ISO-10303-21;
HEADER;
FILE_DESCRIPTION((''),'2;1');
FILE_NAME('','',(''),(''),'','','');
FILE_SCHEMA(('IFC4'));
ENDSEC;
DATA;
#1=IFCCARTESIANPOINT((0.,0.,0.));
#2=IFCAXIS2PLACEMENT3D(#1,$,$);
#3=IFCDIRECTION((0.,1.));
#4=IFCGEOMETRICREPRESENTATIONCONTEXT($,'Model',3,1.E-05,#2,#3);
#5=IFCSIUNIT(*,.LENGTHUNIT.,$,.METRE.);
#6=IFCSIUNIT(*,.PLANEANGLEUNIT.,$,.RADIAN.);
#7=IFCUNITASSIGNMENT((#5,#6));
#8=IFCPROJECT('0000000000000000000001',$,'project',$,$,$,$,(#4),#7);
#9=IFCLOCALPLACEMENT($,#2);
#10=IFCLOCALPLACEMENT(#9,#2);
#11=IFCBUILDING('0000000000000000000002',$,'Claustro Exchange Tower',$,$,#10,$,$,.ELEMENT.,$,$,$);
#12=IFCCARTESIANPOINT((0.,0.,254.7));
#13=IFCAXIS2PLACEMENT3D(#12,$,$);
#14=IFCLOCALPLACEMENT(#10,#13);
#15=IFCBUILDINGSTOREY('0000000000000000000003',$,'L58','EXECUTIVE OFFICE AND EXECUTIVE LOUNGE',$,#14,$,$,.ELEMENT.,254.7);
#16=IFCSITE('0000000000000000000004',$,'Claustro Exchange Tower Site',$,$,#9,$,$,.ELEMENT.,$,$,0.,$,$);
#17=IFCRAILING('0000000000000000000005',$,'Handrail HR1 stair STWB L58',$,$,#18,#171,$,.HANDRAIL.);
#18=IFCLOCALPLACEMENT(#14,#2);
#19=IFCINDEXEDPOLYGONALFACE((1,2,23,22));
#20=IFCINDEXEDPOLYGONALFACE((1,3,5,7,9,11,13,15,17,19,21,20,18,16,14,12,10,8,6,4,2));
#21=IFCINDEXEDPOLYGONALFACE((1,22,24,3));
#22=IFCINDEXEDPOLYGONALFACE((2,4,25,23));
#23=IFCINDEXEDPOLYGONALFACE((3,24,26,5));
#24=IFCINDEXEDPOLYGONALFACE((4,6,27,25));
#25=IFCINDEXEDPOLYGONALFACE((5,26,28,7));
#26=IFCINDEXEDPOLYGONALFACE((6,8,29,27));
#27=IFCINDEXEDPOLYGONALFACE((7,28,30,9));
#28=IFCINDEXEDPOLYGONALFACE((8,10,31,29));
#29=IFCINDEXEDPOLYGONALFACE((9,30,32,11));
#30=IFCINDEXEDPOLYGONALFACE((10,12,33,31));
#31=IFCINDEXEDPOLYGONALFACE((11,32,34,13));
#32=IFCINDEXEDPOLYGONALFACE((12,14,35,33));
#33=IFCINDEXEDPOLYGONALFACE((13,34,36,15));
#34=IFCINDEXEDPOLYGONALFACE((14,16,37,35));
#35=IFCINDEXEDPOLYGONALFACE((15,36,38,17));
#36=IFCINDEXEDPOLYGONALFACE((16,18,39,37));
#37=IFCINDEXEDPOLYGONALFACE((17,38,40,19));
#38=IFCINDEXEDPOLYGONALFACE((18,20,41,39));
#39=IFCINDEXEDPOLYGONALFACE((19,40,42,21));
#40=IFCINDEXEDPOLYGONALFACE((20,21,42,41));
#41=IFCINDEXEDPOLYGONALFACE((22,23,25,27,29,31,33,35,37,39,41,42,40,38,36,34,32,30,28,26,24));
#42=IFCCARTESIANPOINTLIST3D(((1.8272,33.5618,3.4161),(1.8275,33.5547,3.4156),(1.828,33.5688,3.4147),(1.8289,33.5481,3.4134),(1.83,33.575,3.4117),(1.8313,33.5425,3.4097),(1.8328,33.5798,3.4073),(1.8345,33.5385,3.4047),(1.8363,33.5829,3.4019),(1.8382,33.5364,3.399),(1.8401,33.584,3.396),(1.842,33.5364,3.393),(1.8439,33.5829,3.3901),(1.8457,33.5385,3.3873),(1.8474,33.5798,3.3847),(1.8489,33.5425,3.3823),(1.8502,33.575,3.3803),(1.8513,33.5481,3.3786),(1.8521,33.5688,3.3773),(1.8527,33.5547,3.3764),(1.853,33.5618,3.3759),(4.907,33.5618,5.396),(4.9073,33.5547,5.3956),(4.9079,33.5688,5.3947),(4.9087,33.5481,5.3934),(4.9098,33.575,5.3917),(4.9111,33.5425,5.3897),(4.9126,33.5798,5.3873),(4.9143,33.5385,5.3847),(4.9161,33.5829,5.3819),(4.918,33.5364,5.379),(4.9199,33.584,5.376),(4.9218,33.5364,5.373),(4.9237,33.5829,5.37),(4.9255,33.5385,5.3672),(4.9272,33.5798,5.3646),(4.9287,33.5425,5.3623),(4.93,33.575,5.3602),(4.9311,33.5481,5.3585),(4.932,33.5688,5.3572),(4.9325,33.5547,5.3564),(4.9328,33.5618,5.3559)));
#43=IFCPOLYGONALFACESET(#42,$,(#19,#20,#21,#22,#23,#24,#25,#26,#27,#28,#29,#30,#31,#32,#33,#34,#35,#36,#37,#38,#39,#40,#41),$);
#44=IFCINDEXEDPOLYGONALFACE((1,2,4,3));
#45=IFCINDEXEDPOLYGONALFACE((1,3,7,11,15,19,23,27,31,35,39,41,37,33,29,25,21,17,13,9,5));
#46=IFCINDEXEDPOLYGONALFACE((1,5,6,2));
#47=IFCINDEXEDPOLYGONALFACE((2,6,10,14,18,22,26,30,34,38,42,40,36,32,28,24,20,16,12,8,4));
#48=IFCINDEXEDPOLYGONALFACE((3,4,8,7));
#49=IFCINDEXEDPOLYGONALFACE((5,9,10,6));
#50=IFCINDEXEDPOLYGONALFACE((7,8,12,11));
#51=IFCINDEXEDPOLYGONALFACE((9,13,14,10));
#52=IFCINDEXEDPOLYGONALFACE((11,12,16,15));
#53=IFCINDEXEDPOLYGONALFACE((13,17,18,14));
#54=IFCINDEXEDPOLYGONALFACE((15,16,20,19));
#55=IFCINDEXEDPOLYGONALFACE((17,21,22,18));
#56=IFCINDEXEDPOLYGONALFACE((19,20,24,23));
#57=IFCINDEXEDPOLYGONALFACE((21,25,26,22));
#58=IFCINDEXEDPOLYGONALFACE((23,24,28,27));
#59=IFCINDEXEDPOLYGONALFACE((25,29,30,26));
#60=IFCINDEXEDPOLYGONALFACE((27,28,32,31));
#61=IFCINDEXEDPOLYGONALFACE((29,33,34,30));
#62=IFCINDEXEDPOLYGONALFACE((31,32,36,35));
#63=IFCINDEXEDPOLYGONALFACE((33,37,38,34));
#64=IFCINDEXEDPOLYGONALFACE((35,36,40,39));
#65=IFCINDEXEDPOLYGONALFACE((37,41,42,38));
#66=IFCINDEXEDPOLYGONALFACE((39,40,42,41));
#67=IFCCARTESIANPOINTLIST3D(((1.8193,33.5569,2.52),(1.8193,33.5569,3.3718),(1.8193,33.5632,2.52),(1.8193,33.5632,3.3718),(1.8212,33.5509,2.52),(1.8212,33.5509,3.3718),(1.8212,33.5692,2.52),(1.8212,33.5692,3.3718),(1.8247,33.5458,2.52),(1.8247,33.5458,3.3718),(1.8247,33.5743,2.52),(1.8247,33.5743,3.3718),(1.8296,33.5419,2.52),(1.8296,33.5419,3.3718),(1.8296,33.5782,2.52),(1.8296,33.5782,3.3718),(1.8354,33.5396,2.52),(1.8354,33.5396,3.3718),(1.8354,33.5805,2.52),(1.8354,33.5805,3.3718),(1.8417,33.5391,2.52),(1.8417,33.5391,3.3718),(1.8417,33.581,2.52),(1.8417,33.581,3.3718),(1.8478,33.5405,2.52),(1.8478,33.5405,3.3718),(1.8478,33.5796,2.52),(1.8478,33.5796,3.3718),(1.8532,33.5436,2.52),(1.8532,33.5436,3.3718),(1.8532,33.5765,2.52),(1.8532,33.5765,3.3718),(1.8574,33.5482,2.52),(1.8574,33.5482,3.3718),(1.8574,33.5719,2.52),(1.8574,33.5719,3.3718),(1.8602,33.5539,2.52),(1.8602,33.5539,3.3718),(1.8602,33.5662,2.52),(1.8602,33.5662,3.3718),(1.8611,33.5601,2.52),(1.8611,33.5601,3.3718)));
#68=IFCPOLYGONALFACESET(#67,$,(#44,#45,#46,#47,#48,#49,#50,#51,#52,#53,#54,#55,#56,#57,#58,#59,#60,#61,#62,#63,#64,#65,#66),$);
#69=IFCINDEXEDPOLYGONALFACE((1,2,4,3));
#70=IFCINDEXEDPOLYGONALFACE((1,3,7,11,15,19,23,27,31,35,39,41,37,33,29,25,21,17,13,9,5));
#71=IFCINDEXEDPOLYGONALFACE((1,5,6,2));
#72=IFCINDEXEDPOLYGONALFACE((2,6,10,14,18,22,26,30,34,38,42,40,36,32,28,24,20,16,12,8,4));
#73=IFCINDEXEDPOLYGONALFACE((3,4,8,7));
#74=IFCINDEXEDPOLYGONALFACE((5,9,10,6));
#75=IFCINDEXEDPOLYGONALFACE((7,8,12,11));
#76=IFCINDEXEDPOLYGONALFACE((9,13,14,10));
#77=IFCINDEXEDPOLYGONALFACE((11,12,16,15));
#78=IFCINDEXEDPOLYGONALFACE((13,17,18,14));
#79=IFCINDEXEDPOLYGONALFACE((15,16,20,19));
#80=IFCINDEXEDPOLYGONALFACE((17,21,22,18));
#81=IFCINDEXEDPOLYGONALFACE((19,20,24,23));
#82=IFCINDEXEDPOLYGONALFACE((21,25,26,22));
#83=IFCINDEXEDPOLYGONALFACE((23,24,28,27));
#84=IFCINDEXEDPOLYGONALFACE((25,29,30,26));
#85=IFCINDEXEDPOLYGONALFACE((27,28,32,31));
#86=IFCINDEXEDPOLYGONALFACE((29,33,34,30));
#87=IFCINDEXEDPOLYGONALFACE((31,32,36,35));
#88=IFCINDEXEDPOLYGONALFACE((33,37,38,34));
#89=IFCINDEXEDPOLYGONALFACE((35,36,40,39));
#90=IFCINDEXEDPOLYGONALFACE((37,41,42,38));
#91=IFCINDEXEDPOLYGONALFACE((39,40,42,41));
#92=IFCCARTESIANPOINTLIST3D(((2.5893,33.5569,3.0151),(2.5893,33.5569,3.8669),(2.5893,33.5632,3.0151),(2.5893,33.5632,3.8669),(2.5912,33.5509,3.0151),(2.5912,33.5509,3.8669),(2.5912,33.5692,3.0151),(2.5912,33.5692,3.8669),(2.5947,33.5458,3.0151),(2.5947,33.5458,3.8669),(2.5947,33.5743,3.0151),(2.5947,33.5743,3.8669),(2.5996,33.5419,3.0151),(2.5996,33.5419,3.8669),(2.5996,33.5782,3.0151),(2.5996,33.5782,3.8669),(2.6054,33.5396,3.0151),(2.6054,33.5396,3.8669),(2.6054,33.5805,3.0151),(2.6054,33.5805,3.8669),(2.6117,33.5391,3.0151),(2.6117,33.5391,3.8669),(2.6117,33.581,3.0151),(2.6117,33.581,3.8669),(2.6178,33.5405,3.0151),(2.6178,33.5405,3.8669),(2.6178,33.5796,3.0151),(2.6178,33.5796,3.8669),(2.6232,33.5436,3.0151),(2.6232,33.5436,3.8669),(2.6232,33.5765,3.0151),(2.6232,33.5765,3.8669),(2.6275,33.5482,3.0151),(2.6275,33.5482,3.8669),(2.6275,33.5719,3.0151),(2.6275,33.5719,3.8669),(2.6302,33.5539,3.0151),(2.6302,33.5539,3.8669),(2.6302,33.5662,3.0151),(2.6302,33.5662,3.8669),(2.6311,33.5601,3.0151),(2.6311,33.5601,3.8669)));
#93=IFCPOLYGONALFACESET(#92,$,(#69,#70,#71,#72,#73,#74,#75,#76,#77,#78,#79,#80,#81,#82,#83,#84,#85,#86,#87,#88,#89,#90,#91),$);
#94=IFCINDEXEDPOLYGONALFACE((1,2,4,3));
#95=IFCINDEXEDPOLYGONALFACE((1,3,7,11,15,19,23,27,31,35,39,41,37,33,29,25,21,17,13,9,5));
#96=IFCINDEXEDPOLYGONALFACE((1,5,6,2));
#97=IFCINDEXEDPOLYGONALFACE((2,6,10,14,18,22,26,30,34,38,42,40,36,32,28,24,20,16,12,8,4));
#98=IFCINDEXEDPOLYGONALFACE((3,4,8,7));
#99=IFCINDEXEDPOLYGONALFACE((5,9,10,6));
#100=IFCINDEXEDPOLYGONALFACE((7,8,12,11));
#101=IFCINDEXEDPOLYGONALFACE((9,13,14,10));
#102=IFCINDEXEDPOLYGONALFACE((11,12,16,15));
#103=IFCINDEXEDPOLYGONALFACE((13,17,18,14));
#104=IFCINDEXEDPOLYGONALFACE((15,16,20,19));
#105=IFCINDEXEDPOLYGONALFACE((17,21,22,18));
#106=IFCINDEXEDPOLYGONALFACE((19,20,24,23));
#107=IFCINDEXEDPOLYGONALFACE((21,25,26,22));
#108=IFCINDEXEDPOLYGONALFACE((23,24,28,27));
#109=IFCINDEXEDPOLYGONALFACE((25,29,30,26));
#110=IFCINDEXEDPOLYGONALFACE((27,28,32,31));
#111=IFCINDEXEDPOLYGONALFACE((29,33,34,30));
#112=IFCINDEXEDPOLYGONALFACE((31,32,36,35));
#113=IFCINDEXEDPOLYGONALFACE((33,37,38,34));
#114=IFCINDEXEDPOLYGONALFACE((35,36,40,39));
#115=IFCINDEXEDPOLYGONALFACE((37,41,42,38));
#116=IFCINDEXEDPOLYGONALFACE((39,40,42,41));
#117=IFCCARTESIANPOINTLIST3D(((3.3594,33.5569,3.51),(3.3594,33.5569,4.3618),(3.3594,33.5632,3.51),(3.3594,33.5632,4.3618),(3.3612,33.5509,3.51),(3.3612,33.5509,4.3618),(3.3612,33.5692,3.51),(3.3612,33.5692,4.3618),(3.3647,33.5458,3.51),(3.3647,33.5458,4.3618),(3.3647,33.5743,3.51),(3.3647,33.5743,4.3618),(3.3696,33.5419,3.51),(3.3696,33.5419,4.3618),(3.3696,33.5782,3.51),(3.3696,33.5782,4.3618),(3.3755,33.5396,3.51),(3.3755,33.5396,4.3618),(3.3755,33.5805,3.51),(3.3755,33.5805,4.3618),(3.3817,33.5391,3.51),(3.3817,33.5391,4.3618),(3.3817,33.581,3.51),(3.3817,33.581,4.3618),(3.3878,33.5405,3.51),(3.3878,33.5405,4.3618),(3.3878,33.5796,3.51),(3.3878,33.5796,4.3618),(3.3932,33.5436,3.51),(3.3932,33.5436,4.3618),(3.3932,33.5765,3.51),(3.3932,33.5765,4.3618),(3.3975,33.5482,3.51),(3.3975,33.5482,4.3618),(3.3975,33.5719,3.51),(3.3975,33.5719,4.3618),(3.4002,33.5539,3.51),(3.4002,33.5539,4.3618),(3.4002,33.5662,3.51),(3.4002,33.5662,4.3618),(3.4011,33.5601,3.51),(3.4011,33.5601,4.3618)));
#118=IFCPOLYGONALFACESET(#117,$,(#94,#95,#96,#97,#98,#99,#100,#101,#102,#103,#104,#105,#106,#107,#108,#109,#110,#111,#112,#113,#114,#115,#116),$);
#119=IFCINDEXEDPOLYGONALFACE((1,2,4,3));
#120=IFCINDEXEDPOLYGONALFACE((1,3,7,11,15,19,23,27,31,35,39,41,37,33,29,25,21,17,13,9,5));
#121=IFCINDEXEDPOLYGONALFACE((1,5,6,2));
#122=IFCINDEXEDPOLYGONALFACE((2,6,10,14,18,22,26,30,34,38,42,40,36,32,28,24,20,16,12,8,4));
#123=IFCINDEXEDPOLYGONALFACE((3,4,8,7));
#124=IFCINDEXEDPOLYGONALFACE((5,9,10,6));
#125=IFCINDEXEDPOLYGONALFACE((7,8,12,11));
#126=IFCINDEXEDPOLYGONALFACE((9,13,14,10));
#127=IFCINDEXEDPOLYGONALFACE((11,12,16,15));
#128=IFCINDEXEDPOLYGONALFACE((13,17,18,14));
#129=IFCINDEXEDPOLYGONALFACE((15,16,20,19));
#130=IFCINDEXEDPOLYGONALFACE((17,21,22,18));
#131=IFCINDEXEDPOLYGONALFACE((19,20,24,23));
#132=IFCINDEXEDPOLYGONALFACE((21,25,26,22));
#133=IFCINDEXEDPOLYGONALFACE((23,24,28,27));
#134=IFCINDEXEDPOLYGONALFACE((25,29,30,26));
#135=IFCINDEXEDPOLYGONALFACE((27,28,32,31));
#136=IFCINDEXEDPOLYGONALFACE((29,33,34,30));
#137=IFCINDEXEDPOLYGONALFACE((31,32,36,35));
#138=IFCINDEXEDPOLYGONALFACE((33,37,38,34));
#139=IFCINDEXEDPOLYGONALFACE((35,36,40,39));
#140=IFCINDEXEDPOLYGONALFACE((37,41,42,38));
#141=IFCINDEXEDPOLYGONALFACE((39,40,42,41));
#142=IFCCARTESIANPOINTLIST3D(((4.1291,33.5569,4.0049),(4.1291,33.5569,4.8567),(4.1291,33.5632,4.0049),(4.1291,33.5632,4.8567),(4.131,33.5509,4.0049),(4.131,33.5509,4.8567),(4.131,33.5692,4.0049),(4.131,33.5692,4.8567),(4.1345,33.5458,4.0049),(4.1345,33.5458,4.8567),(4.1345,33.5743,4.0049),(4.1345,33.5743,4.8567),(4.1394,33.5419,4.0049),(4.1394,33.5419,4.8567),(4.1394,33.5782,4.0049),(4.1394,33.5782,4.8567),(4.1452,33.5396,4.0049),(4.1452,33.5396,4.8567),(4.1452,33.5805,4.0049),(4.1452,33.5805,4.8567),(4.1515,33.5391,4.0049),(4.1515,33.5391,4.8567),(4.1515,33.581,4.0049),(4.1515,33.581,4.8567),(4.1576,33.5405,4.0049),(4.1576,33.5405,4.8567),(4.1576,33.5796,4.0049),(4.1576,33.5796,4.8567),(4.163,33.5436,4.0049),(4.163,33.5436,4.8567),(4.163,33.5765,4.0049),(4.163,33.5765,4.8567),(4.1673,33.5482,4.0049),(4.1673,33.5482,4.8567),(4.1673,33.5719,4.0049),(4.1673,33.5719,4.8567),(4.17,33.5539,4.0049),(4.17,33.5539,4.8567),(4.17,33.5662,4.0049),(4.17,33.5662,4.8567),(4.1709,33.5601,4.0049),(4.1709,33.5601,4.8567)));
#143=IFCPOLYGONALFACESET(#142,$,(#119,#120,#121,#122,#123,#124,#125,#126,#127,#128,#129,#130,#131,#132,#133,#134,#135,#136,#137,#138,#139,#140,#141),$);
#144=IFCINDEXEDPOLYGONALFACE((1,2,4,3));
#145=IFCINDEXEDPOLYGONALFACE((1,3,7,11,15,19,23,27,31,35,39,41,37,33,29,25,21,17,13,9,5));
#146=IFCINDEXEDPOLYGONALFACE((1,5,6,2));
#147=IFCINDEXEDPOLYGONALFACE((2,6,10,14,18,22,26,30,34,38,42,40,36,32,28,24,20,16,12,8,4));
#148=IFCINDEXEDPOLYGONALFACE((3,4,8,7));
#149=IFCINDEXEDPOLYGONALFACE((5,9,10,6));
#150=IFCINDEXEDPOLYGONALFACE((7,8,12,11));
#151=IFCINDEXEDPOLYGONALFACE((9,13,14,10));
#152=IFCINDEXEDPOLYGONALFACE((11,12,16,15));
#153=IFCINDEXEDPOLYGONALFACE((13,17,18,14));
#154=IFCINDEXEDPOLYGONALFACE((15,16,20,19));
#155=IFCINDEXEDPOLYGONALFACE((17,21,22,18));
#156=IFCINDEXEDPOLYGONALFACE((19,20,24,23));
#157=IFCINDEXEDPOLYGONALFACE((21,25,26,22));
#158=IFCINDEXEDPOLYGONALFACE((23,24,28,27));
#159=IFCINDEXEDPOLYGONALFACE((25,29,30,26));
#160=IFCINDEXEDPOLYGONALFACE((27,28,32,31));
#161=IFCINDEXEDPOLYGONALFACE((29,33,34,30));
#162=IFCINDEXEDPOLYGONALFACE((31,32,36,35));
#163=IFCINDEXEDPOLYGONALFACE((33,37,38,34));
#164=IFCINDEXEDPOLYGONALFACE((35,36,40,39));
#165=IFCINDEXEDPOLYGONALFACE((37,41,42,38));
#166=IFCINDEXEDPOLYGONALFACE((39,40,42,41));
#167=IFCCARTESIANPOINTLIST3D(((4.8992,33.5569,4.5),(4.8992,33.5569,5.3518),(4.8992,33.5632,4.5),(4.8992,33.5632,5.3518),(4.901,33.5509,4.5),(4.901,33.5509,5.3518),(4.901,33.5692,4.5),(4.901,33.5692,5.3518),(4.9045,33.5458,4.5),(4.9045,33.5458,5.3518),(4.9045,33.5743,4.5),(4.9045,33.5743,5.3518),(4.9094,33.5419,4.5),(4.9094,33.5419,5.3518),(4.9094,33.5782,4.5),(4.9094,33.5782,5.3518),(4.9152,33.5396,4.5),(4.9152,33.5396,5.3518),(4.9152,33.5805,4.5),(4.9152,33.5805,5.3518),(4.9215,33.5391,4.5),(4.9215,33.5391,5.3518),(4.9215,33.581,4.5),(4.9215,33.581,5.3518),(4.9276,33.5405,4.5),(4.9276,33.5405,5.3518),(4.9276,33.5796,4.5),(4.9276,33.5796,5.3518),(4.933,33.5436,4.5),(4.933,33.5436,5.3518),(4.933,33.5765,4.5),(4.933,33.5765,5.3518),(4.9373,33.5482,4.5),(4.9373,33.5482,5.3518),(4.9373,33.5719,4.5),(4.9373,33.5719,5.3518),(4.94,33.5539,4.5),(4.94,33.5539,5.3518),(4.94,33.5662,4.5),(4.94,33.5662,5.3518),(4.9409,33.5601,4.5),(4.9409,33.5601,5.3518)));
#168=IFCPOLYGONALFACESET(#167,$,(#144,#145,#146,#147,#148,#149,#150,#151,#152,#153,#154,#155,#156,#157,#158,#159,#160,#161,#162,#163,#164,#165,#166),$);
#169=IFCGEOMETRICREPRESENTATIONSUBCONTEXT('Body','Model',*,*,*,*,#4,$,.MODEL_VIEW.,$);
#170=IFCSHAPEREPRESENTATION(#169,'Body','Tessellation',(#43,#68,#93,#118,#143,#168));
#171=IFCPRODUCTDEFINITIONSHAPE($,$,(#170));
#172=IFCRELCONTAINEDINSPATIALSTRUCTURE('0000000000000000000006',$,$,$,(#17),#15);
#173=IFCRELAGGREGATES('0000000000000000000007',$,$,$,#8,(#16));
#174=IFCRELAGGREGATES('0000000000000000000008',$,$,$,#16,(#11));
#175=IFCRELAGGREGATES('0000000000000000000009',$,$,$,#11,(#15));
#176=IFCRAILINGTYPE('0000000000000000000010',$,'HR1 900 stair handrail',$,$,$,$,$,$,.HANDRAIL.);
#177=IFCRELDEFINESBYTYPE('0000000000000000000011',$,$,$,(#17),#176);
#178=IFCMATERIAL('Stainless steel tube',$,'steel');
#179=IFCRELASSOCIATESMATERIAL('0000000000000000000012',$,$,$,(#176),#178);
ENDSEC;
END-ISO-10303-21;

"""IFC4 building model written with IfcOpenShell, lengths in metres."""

from ifc_helpers import new_model, si_unit, direction, frame, origin, origin_2d, place, context, subcontext, project, spatial, circle, extrude, material, type_object, element, save


model = new_model("IFC4")

# Units and contexts
model_context = context("Model", 3, precision=1e-05, world=origin(), true_north=direction((0.0, 1.0)))
body_context = subcontext(model_context, "Body", "Model", "MODEL_VIEW")
ifc_project = project(units=[si_unit("LENGTHUNIT", "METRE"), si_unit("PLANEANGLEUNIT", "RADIAN")], contexts=[model_context])

# Site, building, storey
site_placement = place(None, origin())
site = spatial("IfcSite", under=ifc_project, at=site_placement, Name="Claustro Exchange Tower Site", CompositionType="ELEMENT", RefElevation=0.0)
building_placement = place(site_placement, origin())
building = spatial("IfcBuilding", under=site, at=building_placement, Name="Claustro Exchange Tower", CompositionType="ELEMENT")
storey_placement = place(building_placement, frame((0.0, 0.0, 254.7)))
storey = spatial("IfcBuildingStorey", under=building, at=storey_placement, Name="L58", Description="EXECUTIVE OFFICE AND EXECUTIVE LOUNGE", CompositionType="ELEMENT", Elevation=254.7)

# Railing
ifc_material_1 = material(Name="Stainless steel tube", Category="steel")
railing_type_1 = type_object("IfcRailingType", Name="HR1 900 stair handrail", PredefinedType="HANDRAIL", material=ifc_material_1)
railing_1_placement = place(storey_placement, frame((1.8401, 33.5601, 2.52)))
element("IfcRailing", 1, at=railing_1_placement, inside=storey, type_object=railing_type_1, Name="Handrail HR1 stair STWB L58", PredefinedType="HANDRAIL", context=body_context, shape_type="SweptSolid", body=[
    extrude(circle(Radius=0.0239, at=origin_2d()), frame((0.0, 0.0, 0.876), z_axis=(0.841168, 0.0, 0.540774), x_axis=(0.0, 1.0, 0.0)), (0.0, 0.0, 1.0), 3.6614),
    extrude(circle(Radius=0.021, at=origin_2d()), origin(), (0.0, 0.0, 1.0), 0.8518),
    extrude(circle(Radius=0.021, at=origin_2d()), frame((0.77, 0.0, 0.4951)), (0.0, 0.0, 1.0), 0.8518),
    extrude(circle(Radius=0.021, at=origin_2d()), frame((1.54, 0.0, 0.99)), (0.0, 0.0, 1.0), 0.8518),
    extrude(circle(Radius=0.021, at=origin_2d()), frame((2.3098, 0.0, 1.4849)), (0.0, 0.0, 1.0), 0.8518),
    extrude(circle(Radius=0.021, at=origin_2d()), frame((3.0798, 0.0, 1.98)), (0.0, 0.0, 1.0), 0.8518),
])

save(model, "model.ifc")
